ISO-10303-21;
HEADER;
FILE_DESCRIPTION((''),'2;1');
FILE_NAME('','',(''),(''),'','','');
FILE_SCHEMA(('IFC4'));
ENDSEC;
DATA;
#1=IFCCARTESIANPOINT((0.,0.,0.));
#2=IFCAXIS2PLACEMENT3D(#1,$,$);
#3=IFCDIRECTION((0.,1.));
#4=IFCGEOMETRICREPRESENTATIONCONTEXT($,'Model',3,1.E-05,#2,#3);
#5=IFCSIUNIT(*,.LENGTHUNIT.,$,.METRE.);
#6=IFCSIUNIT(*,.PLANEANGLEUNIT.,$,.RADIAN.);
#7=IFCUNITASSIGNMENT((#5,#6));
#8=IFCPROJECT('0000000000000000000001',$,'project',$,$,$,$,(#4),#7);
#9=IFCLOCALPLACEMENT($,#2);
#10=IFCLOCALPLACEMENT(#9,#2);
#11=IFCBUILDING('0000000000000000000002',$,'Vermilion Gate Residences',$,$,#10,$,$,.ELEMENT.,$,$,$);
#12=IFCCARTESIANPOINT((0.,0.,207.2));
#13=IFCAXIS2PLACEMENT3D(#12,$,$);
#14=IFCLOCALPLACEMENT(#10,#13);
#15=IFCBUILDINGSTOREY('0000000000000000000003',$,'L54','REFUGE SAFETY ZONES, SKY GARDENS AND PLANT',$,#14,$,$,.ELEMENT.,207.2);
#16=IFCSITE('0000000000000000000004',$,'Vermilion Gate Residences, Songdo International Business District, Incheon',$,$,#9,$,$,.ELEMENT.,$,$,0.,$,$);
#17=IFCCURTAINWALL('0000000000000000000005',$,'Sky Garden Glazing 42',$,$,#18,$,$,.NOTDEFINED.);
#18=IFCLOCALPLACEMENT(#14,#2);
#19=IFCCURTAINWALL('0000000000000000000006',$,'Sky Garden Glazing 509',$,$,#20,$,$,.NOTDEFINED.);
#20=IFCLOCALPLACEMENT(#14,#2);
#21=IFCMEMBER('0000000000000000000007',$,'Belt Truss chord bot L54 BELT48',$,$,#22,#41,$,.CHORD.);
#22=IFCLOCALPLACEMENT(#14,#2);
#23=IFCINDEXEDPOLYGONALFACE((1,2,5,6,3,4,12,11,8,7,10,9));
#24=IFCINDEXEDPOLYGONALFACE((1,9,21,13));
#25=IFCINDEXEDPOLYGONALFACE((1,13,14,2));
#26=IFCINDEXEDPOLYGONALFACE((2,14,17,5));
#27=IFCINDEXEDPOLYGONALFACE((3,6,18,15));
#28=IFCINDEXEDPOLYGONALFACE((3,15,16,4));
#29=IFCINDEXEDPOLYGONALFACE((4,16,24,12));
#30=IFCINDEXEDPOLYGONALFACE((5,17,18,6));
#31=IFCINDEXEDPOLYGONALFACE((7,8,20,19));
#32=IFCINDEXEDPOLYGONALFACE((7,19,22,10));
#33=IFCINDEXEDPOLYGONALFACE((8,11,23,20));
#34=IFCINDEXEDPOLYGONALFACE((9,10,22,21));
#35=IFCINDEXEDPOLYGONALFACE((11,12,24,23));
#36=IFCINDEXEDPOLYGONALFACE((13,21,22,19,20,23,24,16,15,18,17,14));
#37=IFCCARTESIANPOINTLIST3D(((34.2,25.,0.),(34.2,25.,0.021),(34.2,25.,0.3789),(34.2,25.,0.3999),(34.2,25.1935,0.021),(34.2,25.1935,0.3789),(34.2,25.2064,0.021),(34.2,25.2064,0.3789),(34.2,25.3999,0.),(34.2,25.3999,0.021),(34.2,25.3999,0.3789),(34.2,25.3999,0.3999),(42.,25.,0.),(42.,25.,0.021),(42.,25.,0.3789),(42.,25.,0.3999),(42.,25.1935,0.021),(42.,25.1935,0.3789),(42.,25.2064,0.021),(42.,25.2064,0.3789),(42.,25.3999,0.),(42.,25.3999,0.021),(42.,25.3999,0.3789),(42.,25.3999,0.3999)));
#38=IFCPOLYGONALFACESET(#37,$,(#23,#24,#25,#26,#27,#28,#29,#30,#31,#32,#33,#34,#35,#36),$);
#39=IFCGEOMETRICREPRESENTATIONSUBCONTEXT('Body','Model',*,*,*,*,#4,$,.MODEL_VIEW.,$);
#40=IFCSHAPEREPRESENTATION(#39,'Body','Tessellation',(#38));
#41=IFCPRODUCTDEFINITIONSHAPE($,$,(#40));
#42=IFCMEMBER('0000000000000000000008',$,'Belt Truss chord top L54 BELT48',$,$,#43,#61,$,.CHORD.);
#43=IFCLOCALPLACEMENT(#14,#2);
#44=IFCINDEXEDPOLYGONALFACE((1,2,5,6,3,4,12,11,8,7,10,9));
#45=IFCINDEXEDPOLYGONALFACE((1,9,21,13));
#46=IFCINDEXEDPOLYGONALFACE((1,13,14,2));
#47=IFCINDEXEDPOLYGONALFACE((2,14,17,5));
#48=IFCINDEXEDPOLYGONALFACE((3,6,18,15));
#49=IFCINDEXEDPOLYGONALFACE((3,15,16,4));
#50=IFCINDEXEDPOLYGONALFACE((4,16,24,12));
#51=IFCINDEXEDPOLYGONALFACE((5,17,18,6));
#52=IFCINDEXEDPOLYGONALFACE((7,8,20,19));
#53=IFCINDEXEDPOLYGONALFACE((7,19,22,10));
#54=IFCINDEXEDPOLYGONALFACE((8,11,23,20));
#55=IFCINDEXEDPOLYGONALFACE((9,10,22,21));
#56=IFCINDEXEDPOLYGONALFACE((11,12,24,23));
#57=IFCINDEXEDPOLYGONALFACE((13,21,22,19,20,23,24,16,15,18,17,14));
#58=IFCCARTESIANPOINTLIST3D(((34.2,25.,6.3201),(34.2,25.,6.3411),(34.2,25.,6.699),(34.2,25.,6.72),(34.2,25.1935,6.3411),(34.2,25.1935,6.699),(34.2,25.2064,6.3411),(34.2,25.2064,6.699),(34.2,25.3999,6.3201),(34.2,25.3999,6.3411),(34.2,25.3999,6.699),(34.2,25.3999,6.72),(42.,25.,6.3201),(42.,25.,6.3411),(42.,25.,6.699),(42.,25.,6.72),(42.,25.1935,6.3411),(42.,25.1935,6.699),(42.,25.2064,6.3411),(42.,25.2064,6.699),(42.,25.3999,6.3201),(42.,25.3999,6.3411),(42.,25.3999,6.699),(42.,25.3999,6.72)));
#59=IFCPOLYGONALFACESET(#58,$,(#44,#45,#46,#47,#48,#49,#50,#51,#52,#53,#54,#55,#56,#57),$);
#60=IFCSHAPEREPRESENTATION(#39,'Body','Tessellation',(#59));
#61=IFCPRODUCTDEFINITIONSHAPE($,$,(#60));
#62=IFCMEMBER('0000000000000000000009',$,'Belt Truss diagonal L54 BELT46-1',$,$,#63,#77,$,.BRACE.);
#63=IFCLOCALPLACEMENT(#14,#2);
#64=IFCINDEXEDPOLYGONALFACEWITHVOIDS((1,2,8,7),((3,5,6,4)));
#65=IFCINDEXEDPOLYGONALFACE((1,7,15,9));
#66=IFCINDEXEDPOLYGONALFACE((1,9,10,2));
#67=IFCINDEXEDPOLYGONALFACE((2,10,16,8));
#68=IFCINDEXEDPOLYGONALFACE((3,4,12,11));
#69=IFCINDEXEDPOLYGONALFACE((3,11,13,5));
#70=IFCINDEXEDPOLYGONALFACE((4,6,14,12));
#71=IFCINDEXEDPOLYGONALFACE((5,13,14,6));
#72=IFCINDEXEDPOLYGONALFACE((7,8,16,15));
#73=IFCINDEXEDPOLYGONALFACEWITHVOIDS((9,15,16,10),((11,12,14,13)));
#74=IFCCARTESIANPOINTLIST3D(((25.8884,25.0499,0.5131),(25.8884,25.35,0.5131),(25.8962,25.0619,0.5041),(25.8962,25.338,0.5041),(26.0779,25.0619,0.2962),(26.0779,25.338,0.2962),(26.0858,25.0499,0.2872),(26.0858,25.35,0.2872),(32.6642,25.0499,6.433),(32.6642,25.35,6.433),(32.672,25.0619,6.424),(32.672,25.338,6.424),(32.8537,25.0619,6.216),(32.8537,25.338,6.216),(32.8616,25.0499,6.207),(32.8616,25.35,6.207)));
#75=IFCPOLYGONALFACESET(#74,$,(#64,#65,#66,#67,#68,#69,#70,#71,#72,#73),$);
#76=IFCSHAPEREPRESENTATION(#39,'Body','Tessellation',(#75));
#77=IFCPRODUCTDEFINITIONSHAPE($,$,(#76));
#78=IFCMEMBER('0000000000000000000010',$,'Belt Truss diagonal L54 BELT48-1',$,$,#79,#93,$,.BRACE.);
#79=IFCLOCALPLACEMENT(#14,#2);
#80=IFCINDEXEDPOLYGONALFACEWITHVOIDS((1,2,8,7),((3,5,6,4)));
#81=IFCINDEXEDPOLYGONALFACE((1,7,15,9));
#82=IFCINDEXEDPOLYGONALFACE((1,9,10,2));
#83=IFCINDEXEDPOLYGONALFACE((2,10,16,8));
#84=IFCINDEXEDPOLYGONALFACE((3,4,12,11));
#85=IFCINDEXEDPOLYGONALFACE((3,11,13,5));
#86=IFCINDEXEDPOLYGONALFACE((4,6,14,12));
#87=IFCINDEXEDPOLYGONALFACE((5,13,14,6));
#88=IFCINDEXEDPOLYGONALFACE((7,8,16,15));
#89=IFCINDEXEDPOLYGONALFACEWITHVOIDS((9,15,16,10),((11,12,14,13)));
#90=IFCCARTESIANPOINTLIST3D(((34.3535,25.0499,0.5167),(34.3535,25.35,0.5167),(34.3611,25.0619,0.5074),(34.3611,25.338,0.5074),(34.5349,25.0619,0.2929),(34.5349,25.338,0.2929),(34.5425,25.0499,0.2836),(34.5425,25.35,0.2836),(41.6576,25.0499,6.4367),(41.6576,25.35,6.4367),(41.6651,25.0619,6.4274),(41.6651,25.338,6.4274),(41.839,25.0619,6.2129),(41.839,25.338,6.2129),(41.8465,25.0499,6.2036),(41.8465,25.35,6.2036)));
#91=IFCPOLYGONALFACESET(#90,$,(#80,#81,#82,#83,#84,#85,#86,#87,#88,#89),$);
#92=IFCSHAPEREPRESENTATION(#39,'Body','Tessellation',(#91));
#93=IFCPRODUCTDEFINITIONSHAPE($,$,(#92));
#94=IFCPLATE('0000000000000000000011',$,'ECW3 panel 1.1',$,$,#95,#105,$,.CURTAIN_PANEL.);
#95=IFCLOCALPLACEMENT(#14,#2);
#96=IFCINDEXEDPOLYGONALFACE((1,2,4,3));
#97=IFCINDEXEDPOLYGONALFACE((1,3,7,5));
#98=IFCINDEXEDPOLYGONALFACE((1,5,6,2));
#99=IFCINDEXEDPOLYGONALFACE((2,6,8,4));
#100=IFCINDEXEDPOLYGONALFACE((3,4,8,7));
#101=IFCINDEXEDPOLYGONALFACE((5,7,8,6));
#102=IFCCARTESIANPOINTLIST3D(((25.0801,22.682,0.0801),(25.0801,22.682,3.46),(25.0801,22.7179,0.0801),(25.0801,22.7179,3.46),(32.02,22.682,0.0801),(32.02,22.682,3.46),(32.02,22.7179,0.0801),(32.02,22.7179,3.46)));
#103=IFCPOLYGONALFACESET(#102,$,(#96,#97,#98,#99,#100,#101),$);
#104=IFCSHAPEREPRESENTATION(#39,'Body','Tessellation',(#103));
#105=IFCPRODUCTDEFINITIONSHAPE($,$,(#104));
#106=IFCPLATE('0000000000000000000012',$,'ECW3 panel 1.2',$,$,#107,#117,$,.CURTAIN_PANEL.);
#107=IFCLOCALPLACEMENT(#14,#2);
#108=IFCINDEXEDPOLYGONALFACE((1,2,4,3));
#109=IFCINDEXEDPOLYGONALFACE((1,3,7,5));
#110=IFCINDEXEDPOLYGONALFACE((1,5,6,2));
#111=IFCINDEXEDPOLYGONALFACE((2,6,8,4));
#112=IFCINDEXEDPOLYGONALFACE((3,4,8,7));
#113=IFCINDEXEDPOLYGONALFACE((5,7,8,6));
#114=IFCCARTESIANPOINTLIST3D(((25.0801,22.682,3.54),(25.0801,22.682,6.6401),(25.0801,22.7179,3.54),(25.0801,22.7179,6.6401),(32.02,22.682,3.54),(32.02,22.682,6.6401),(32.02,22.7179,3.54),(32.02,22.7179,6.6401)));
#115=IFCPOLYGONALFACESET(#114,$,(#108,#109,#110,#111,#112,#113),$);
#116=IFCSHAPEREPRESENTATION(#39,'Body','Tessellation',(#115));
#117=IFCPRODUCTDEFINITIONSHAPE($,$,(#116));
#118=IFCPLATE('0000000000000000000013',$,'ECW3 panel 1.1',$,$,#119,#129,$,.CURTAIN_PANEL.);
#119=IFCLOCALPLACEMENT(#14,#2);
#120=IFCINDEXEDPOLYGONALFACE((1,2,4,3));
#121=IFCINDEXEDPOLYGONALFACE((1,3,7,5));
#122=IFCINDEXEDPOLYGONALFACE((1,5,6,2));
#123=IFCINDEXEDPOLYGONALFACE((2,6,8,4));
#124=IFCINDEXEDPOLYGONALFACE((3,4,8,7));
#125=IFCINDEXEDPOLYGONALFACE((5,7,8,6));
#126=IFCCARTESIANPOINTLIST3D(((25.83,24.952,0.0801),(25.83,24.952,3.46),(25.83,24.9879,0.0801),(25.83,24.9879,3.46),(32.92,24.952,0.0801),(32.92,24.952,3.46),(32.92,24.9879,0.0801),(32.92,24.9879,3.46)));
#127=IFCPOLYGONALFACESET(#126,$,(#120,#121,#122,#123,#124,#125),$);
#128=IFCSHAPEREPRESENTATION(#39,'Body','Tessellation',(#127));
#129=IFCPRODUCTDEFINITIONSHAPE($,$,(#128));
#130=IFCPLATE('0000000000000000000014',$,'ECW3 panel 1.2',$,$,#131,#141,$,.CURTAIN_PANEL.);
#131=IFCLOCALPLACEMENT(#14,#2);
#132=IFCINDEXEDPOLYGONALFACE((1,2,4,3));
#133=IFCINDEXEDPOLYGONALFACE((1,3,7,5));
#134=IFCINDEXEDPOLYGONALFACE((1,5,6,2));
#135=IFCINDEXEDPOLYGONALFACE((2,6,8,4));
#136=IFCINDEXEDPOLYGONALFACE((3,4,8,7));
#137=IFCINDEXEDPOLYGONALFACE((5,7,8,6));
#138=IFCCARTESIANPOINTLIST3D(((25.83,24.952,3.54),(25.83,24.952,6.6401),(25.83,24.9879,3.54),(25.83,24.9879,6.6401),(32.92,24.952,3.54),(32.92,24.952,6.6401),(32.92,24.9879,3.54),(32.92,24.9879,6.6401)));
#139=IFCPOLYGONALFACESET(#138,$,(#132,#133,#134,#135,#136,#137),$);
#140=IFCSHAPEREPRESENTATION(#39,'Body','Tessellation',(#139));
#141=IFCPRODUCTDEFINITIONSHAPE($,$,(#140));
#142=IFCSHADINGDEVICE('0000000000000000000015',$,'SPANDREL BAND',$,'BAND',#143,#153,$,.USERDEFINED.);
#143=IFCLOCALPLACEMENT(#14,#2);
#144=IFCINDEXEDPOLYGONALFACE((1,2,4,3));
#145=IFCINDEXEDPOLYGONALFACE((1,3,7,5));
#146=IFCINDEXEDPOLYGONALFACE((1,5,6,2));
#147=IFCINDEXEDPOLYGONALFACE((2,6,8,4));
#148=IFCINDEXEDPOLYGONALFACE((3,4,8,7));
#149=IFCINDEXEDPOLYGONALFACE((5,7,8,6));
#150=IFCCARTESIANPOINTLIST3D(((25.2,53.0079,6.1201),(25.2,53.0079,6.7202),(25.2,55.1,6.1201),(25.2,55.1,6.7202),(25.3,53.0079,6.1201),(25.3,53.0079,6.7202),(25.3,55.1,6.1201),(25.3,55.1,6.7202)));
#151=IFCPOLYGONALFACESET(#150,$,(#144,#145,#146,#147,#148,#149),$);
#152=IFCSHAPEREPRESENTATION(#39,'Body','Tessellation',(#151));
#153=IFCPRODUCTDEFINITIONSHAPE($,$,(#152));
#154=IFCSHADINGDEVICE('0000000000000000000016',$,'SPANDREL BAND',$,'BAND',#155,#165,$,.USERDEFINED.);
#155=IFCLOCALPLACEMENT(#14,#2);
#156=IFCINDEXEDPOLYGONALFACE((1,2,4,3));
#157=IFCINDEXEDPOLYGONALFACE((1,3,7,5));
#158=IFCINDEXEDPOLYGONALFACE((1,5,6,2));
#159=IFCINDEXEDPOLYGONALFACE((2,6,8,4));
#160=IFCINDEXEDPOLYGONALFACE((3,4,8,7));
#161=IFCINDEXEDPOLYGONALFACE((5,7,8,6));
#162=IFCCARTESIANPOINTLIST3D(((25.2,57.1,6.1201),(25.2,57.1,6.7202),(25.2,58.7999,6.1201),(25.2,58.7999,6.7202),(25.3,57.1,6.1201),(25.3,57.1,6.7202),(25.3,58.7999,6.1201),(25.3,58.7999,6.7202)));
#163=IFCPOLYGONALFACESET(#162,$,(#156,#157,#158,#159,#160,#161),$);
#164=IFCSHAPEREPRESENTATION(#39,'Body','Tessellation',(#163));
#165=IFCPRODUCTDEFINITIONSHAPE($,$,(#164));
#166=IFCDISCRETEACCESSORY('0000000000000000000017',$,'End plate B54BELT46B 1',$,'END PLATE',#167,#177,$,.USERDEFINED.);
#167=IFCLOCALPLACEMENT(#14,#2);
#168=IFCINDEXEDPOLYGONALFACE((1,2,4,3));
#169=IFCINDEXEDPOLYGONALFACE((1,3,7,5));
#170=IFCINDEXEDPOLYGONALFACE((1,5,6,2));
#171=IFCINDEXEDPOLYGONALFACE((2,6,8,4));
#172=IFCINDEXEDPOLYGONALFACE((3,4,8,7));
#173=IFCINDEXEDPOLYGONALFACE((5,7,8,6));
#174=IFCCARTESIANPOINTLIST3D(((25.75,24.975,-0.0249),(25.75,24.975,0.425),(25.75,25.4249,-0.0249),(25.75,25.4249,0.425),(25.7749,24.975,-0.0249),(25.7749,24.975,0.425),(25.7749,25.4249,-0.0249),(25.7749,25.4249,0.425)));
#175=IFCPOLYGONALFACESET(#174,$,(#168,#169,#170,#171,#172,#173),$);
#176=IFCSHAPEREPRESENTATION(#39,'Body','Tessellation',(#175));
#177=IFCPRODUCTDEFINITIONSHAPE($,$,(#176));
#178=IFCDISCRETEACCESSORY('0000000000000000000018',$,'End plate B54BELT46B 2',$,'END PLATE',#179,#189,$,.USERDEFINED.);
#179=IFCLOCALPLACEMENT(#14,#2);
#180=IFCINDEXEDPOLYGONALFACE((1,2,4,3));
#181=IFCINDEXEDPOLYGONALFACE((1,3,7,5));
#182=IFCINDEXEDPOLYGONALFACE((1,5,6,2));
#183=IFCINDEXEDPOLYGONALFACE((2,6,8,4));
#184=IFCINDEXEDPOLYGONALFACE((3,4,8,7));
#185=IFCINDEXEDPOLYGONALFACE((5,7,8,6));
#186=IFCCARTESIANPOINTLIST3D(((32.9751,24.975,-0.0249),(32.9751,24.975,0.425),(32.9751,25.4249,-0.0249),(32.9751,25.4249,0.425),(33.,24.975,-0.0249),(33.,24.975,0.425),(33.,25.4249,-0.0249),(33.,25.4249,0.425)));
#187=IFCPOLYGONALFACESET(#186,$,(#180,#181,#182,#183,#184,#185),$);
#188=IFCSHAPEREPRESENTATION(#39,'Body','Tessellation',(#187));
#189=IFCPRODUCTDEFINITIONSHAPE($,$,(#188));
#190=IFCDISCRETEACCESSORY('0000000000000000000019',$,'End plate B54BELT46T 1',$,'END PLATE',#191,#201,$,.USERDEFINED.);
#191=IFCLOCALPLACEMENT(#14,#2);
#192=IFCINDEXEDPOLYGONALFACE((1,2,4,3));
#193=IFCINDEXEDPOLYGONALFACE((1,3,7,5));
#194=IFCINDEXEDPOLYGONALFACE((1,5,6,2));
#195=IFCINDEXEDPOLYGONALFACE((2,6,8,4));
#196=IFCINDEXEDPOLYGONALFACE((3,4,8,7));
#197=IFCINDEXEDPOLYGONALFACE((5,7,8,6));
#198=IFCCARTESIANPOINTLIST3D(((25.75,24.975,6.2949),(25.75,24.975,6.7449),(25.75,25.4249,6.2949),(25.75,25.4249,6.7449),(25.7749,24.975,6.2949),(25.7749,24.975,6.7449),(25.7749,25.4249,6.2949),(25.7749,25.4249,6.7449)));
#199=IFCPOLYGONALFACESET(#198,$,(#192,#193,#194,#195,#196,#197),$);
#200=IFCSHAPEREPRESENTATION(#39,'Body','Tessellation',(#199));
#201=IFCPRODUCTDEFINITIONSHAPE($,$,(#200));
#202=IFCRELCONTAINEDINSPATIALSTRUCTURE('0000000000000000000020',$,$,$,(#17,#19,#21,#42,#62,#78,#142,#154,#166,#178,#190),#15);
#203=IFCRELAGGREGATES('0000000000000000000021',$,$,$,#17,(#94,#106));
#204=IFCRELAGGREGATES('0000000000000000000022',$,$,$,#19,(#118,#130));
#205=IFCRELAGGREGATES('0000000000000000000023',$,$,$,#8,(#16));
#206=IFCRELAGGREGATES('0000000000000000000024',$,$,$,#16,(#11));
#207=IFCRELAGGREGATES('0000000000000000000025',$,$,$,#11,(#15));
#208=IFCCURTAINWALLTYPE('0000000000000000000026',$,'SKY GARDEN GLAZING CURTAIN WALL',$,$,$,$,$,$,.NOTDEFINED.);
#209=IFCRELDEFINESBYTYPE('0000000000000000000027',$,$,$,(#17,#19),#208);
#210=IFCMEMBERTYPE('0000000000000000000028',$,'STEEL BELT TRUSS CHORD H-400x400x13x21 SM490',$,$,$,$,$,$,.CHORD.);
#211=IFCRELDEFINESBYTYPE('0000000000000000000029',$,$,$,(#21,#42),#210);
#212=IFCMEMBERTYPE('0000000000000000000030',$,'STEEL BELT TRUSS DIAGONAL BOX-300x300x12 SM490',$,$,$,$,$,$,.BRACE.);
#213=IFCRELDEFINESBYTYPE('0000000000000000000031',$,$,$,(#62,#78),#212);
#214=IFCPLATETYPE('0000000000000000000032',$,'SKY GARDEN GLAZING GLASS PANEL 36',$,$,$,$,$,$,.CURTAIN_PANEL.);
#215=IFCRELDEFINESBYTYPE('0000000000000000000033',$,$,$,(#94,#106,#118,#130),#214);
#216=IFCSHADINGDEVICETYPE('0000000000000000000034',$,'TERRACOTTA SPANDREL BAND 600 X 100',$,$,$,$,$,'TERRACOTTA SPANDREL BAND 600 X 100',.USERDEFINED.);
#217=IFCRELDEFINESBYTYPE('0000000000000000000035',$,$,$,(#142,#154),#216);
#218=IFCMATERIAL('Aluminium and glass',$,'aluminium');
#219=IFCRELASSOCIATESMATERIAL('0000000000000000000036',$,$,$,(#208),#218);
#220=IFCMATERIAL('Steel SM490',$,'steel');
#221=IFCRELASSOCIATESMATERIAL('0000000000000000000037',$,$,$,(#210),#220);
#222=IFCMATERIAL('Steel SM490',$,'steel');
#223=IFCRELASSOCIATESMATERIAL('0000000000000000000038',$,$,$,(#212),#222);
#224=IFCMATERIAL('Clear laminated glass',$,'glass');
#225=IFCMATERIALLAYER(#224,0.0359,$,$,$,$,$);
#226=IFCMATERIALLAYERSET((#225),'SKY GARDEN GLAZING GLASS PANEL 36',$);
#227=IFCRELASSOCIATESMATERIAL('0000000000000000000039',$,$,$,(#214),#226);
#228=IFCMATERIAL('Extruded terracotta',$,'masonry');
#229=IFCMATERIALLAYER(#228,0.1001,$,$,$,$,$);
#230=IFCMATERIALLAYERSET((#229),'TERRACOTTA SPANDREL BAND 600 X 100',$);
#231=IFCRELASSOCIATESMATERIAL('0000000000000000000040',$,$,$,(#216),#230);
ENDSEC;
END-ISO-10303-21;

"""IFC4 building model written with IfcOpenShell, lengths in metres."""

from ifc_helpers import new_model, si_unit, direction, frame, origin, origin_2d, place, context, subcontext, project, spatial, rectangle, hollow_rectangle, i_section, extrude, material, layer, layer_set, material_profile, profile_set, type_object, element, aggregate, save


model = new_model("IFC4")

# Units and contexts
model_context = context("Model", 3, precision=1e-05, world=origin(), true_north=direction((0.0, 1.0)))
body_context = subcontext(model_context, "Body", "Model", "MODEL_VIEW")
ifc_project = project(units=[si_unit("LENGTHUNIT", "METRE"), si_unit("PLANEANGLEUNIT", "RADIAN")], contexts=[model_context])

# Site, building, storey
site_placement = place(None, origin())
site = spatial("IfcSite", under=ifc_project, at=site_placement, Name="Vermilion Gate Residences, Songdo International Business District, Incheon", CompositionType="ELEMENT", RefElevation=0.0)
building_placement = place(site_placement, origin())
building = spatial("IfcBuilding", under=site, at=building_placement, Name="Vermilion Gate Residences", CompositionType="ELEMENT")
storey_placement = place(building_placement, frame((0.0, 0.0, 207.2)))
storey = spatial("IfcBuildingStorey", under=building, at=storey_placement, Name="L54", Description="REFUGE SAFETY ZONES, SKY GARDENS AND PLANT", CompositionType="ELEMENT", Elevation=207.2)

# Curtain wall
ifc_material_1 = material(Name="Aluminium and glass", Category="aluminium")
curtain_wall_type = type_object("IfcCurtainWallType", Name="SKY GARDEN GLAZING CURTAIN WALL", PredefinedType="NOTDEFINED", material=ifc_material_1)
curtain_wall_1_placement = place(storey_placement, origin())
curtain_wall_1 = element("IfcCurtainWall", 1, at=curtain_wall_1_placement, inside=storey, type_object=curtain_wall_type, Name="Sky Garden Glazing 42", PredefinedType="NOTDEFINED")

# Curtain wall
curtain_wall_2_placement = place(storey_placement, origin())
curtain_wall_2 = element("IfcCurtainWall", 2, at=curtain_wall_2_placement, inside=storey, type_object=curtain_wall_type, Name="Sky Garden Glazing 509", PredefinedType="NOTDEFINED")

# Members
ifc_material_2 = material(Name="Steel SM490", Category="steel")
ifc_material_profile_1 = material_profile(ifc_material_2, i_section(OverallWidth=0.3999, OverallDepth=0.3999, WebThickness=0.0129, FlangeThickness=0.021, at=origin_2d()), Name="H-400x400x13x21")
ifc_profile_set_1 = profile_set([ifc_material_profile_1], Name="Steel SM490")
member_type_1 = type_object("IfcMemberType", Name="STEEL BELT TRUSS CHORD H-400x400x13x21 SM490", PredefinedType="CHORD", material=ifc_profile_set_1)
for number, where, z_axis, x_axis, name in (
    (3, (34.2, 25.2, 0.2), (1.0, 0.0, 0.0), (0.0, 1.0, 0.0), "Belt Truss chord bot L54 BELT48"),
    (4, (34.2, 25.2, 6.52), (1.0, 0.0, 0.0), (0.0, 1.0, 0.0), "Belt Truss chord top L54 BELT48"),
):
    element("IfcMember", number, at=place(storey_placement, frame(where, z_axis=z_axis, x_axis=x_axis)), inside=storey, type_object=member_type_1, Name=name, PredefinedType="CHORD", context=body_context, shape_type="SweptSolid", body=[
        extrude(i_section(OverallWidth=0.3999, OverallDepth=0.3999, WebThickness=0.0129, FlangeThickness=0.021, at=origin_2d()), origin(), (0.0, 0.0, 1.0), 7.8),
    ])
ifc_material_3 = material(Name="Steel SM490", Category="steel")
ifc_material_profile_2 = material_profile(ifc_material_3, hollow_rectangle(XDim=0.3, YDim=0.3, WallThickness=0.012, at=origin_2d()), Name="BOX-300x300x12")
ifc_profile_set_2 = profile_set([ifc_material_profile_2], Name="Steel SM490")
member_type_2 = type_object("IfcMemberType", Name="STEEL BELT TRUSS DIAGONAL BOX-300x300x12 SM490", PredefinedType="BRACE", material=ifc_profile_set_2)
member_1_placement = place(storey_placement, frame((25.9871, 25.2, 0.4001), z_axis=(0.753071, 0.0, 0.65794), x_axis=(0.0, 1.0, 0.0)))
element("IfcMember", 5, at=member_1_placement, inside=storey, type_object=member_type_2, Name="Belt Truss diagonal L54 BELT46-1", PredefinedType="BRACE", context=body_context, shape_type="SweptSolid", body=[
    extrude(hollow_rectangle(XDim=0.3, YDim=0.3, WallThickness=0.012, at=origin_2d()), origin(), (0.0, 0.0, 1.0), 8.9976),
])
member_2_placement = place(storey_placement, frame((34.448, 25.2, 0.4001), z_axis=(0.77687, 0.0, 0.629661), x_axis=(0.0, 1.0, 0.0)))
element("IfcMember", 6, at=member_2_placement, inside=storey, type_object=member_type_2, Name="Belt Truss diagonal L54 BELT48-1", PredefinedType="BRACE", context=body_context, shape_type="SweptSolid", body=[
    extrude(hollow_rectangle(XDim=0.3, YDim=0.3, WallThickness=0.012, at=origin_2d()), origin(), (0.0, 0.0, 1.0), 9.4019),
])

# Plates
ifc_material_4 = material(Name="Clear laminated glass", Category="glass")
ifc_layer_1 = layer(ifc_material_4, 0.0359)
ifc_layer_set_1 = layer_set([ifc_layer_1], Name="SKY GARDEN GLAZING GLASS PANEL 36")
plate_type = type_object("IfcPlateType", Name="SKY GARDEN GLAZING GLASS PANEL 36", PredefinedType="CURTAIN_PANEL", material=ifc_layer_set_1)
plate_1_placement = place(storey_placement, frame((28.55, 22.7, 0.0801), z_axis=(0.0, 0.0, 1.0), x_axis=(-1.0, 0.0, 0.0)))
plate_1 = element("IfcPlate", 7, at=plate_1_placement, type_object=plate_type, Name="ECW3 panel 1.1", PredefinedType="CURTAIN_PANEL", context=body_context, shape_type="SweptSolid", body=[
    extrude(rectangle(XDim=6.9399, YDim=0.0359, at=origin_2d()), origin(), (0.0, 0.0, 1.0), 3.3799),
])
plate_2_placement = place(storey_placement, frame((28.55, 22.7, 3.54), z_axis=(0.0, 0.0, 1.0), x_axis=(-1.0, 0.0, 0.0)))
plate_2 = element("IfcPlate", 8, at=plate_2_placement, type_object=plate_type, Name="ECW3 panel 1.2", PredefinedType="CURTAIN_PANEL", context=body_context, shape_type="SweptSolid", body=[
    extrude(rectangle(XDim=6.9399, YDim=0.0359, at=origin_2d()), origin(), (0.0, 0.0, 1.0), 3.1001),
])
aggregate(curtain_wall_1, [plate_1, plate_2])
plate_3_placement = place(storey_placement, frame((29.375, 24.97, 0.0801), z_axis=(0.0, 0.0, 1.0), x_axis=(-1.0, 0.0, 0.0)))
plate_3 = element("IfcPlate", 9, at=plate_3_placement, type_object=plate_type, Name="ECW3 panel 1.1", PredefinedType="CURTAIN_PANEL", context=body_context, shape_type="SweptSolid", body=[
    extrude(rectangle(XDim=7.0901, YDim=0.0359, at=origin_2d()), origin(), (0.0, 0.0, 1.0), 3.3799),
])
plate_4_placement = place(storey_placement, frame((29.375, 24.97, 3.54), z_axis=(0.0, 0.0, 1.0), x_axis=(-1.0, 0.0, 0.0)))
plate_4 = element("IfcPlate", 10, at=plate_4_placement, type_object=plate_type, Name="ECW3 panel 1.2", PredefinedType="CURTAIN_PANEL", context=body_context, shape_type="SweptSolid", body=[
    extrude(rectangle(XDim=7.0901, YDim=0.0359, at=origin_2d()), origin(), (0.0, 0.0, 1.0), 3.1001),
])
aggregate(curtain_wall_2, [plate_3, plate_4])

# Shading devices
ifc_material_5 = material(Name="Extruded terracotta", Category="masonry")
ifc_layer_2 = layer(ifc_material_5, 0.1001)
ifc_layer_set_2 = layer_set([ifc_layer_2], Name="TERRACOTTA SPANDREL BAND 600 X 100")
shading_device_type = type_object("IfcShadingDeviceType", Name="TERRACOTTA SPANDREL BAND 600 X 100", ElementType="TERRACOTTA SPANDREL BAND 600 X 100", PredefinedType="USERDEFINED", material=ifc_layer_set_2)
shading_device_1_placement = place(storey_placement, frame((25.25, 54.054, 6.1201), z_axis=(0.0, 0.0, 1.0), x_axis=(0.0, 1.0, 0.0)))
element("IfcShadingDevice", 11, at=shading_device_1_placement, inside=storey, type_object=shading_device_type, Name="SPANDREL BAND", ObjectType="BAND", PredefinedType="USERDEFINED", context=body_context, shape_type="SweptSolid", body=[
    extrude(rectangle(XDim=2.092, YDim=0.1001, at=origin_2d()), origin(), (0.0, 0.0, 1.0), 0.6001),
])
shading_device_2_placement = place(storey_placement, frame((25.25, 57.95, 6.1201), z_axis=(0.0, 0.0, 1.0), x_axis=(0.0, 1.0, 0.0)))
element("IfcShadingDevice", 12, at=shading_device_2_placement, inside=storey, type_object=shading_device_type, Name="SPANDREL BAND", ObjectType="BAND", PredefinedType="USERDEFINED", context=body_context, shape_type="SweptSolid", body=[
    extrude(rectangle(XDim=1.7, YDim=0.1001, at=origin_2d()), origin(), (0.0, 0.0, 1.0), 0.6001),
])

# Discrete accessories
for number, where, z_axis, x_axis, name in (
    (13, (25.7625, 25.2, -0.0249), (0.0, 0.0, 1.0), (1.0, 0.0, 0.0), "End plate B54BELT46B 1"),
    (14, (32.9875, 25.2, -0.0249), (0.0, 0.0, 1.0), (1.0, 0.0, 0.0), "End plate B54BELT46B 2"),
    (15, (25.7625, 25.2, 6.2949), (0.0, 0.0, 1.0), (1.0, 0.0, 0.0), "End plate B54BELT46T 1"),
):
    element("IfcDiscreteAccessory", number, at=place(storey_placement, frame(where, z_axis=z_axis, x_axis=x_axis)), inside=storey, Name=name, ObjectType="END PLATE", PredefinedType="USERDEFINED", context=body_context, shape_type="SweptSolid", body=[
        extrude(rectangle(XDim=0.0249, YDim=0.45, at=origin_2d()), origin(), (0.0, 0.0, 1.0), 0.45),
    ])

save(model, "model.ifc")
